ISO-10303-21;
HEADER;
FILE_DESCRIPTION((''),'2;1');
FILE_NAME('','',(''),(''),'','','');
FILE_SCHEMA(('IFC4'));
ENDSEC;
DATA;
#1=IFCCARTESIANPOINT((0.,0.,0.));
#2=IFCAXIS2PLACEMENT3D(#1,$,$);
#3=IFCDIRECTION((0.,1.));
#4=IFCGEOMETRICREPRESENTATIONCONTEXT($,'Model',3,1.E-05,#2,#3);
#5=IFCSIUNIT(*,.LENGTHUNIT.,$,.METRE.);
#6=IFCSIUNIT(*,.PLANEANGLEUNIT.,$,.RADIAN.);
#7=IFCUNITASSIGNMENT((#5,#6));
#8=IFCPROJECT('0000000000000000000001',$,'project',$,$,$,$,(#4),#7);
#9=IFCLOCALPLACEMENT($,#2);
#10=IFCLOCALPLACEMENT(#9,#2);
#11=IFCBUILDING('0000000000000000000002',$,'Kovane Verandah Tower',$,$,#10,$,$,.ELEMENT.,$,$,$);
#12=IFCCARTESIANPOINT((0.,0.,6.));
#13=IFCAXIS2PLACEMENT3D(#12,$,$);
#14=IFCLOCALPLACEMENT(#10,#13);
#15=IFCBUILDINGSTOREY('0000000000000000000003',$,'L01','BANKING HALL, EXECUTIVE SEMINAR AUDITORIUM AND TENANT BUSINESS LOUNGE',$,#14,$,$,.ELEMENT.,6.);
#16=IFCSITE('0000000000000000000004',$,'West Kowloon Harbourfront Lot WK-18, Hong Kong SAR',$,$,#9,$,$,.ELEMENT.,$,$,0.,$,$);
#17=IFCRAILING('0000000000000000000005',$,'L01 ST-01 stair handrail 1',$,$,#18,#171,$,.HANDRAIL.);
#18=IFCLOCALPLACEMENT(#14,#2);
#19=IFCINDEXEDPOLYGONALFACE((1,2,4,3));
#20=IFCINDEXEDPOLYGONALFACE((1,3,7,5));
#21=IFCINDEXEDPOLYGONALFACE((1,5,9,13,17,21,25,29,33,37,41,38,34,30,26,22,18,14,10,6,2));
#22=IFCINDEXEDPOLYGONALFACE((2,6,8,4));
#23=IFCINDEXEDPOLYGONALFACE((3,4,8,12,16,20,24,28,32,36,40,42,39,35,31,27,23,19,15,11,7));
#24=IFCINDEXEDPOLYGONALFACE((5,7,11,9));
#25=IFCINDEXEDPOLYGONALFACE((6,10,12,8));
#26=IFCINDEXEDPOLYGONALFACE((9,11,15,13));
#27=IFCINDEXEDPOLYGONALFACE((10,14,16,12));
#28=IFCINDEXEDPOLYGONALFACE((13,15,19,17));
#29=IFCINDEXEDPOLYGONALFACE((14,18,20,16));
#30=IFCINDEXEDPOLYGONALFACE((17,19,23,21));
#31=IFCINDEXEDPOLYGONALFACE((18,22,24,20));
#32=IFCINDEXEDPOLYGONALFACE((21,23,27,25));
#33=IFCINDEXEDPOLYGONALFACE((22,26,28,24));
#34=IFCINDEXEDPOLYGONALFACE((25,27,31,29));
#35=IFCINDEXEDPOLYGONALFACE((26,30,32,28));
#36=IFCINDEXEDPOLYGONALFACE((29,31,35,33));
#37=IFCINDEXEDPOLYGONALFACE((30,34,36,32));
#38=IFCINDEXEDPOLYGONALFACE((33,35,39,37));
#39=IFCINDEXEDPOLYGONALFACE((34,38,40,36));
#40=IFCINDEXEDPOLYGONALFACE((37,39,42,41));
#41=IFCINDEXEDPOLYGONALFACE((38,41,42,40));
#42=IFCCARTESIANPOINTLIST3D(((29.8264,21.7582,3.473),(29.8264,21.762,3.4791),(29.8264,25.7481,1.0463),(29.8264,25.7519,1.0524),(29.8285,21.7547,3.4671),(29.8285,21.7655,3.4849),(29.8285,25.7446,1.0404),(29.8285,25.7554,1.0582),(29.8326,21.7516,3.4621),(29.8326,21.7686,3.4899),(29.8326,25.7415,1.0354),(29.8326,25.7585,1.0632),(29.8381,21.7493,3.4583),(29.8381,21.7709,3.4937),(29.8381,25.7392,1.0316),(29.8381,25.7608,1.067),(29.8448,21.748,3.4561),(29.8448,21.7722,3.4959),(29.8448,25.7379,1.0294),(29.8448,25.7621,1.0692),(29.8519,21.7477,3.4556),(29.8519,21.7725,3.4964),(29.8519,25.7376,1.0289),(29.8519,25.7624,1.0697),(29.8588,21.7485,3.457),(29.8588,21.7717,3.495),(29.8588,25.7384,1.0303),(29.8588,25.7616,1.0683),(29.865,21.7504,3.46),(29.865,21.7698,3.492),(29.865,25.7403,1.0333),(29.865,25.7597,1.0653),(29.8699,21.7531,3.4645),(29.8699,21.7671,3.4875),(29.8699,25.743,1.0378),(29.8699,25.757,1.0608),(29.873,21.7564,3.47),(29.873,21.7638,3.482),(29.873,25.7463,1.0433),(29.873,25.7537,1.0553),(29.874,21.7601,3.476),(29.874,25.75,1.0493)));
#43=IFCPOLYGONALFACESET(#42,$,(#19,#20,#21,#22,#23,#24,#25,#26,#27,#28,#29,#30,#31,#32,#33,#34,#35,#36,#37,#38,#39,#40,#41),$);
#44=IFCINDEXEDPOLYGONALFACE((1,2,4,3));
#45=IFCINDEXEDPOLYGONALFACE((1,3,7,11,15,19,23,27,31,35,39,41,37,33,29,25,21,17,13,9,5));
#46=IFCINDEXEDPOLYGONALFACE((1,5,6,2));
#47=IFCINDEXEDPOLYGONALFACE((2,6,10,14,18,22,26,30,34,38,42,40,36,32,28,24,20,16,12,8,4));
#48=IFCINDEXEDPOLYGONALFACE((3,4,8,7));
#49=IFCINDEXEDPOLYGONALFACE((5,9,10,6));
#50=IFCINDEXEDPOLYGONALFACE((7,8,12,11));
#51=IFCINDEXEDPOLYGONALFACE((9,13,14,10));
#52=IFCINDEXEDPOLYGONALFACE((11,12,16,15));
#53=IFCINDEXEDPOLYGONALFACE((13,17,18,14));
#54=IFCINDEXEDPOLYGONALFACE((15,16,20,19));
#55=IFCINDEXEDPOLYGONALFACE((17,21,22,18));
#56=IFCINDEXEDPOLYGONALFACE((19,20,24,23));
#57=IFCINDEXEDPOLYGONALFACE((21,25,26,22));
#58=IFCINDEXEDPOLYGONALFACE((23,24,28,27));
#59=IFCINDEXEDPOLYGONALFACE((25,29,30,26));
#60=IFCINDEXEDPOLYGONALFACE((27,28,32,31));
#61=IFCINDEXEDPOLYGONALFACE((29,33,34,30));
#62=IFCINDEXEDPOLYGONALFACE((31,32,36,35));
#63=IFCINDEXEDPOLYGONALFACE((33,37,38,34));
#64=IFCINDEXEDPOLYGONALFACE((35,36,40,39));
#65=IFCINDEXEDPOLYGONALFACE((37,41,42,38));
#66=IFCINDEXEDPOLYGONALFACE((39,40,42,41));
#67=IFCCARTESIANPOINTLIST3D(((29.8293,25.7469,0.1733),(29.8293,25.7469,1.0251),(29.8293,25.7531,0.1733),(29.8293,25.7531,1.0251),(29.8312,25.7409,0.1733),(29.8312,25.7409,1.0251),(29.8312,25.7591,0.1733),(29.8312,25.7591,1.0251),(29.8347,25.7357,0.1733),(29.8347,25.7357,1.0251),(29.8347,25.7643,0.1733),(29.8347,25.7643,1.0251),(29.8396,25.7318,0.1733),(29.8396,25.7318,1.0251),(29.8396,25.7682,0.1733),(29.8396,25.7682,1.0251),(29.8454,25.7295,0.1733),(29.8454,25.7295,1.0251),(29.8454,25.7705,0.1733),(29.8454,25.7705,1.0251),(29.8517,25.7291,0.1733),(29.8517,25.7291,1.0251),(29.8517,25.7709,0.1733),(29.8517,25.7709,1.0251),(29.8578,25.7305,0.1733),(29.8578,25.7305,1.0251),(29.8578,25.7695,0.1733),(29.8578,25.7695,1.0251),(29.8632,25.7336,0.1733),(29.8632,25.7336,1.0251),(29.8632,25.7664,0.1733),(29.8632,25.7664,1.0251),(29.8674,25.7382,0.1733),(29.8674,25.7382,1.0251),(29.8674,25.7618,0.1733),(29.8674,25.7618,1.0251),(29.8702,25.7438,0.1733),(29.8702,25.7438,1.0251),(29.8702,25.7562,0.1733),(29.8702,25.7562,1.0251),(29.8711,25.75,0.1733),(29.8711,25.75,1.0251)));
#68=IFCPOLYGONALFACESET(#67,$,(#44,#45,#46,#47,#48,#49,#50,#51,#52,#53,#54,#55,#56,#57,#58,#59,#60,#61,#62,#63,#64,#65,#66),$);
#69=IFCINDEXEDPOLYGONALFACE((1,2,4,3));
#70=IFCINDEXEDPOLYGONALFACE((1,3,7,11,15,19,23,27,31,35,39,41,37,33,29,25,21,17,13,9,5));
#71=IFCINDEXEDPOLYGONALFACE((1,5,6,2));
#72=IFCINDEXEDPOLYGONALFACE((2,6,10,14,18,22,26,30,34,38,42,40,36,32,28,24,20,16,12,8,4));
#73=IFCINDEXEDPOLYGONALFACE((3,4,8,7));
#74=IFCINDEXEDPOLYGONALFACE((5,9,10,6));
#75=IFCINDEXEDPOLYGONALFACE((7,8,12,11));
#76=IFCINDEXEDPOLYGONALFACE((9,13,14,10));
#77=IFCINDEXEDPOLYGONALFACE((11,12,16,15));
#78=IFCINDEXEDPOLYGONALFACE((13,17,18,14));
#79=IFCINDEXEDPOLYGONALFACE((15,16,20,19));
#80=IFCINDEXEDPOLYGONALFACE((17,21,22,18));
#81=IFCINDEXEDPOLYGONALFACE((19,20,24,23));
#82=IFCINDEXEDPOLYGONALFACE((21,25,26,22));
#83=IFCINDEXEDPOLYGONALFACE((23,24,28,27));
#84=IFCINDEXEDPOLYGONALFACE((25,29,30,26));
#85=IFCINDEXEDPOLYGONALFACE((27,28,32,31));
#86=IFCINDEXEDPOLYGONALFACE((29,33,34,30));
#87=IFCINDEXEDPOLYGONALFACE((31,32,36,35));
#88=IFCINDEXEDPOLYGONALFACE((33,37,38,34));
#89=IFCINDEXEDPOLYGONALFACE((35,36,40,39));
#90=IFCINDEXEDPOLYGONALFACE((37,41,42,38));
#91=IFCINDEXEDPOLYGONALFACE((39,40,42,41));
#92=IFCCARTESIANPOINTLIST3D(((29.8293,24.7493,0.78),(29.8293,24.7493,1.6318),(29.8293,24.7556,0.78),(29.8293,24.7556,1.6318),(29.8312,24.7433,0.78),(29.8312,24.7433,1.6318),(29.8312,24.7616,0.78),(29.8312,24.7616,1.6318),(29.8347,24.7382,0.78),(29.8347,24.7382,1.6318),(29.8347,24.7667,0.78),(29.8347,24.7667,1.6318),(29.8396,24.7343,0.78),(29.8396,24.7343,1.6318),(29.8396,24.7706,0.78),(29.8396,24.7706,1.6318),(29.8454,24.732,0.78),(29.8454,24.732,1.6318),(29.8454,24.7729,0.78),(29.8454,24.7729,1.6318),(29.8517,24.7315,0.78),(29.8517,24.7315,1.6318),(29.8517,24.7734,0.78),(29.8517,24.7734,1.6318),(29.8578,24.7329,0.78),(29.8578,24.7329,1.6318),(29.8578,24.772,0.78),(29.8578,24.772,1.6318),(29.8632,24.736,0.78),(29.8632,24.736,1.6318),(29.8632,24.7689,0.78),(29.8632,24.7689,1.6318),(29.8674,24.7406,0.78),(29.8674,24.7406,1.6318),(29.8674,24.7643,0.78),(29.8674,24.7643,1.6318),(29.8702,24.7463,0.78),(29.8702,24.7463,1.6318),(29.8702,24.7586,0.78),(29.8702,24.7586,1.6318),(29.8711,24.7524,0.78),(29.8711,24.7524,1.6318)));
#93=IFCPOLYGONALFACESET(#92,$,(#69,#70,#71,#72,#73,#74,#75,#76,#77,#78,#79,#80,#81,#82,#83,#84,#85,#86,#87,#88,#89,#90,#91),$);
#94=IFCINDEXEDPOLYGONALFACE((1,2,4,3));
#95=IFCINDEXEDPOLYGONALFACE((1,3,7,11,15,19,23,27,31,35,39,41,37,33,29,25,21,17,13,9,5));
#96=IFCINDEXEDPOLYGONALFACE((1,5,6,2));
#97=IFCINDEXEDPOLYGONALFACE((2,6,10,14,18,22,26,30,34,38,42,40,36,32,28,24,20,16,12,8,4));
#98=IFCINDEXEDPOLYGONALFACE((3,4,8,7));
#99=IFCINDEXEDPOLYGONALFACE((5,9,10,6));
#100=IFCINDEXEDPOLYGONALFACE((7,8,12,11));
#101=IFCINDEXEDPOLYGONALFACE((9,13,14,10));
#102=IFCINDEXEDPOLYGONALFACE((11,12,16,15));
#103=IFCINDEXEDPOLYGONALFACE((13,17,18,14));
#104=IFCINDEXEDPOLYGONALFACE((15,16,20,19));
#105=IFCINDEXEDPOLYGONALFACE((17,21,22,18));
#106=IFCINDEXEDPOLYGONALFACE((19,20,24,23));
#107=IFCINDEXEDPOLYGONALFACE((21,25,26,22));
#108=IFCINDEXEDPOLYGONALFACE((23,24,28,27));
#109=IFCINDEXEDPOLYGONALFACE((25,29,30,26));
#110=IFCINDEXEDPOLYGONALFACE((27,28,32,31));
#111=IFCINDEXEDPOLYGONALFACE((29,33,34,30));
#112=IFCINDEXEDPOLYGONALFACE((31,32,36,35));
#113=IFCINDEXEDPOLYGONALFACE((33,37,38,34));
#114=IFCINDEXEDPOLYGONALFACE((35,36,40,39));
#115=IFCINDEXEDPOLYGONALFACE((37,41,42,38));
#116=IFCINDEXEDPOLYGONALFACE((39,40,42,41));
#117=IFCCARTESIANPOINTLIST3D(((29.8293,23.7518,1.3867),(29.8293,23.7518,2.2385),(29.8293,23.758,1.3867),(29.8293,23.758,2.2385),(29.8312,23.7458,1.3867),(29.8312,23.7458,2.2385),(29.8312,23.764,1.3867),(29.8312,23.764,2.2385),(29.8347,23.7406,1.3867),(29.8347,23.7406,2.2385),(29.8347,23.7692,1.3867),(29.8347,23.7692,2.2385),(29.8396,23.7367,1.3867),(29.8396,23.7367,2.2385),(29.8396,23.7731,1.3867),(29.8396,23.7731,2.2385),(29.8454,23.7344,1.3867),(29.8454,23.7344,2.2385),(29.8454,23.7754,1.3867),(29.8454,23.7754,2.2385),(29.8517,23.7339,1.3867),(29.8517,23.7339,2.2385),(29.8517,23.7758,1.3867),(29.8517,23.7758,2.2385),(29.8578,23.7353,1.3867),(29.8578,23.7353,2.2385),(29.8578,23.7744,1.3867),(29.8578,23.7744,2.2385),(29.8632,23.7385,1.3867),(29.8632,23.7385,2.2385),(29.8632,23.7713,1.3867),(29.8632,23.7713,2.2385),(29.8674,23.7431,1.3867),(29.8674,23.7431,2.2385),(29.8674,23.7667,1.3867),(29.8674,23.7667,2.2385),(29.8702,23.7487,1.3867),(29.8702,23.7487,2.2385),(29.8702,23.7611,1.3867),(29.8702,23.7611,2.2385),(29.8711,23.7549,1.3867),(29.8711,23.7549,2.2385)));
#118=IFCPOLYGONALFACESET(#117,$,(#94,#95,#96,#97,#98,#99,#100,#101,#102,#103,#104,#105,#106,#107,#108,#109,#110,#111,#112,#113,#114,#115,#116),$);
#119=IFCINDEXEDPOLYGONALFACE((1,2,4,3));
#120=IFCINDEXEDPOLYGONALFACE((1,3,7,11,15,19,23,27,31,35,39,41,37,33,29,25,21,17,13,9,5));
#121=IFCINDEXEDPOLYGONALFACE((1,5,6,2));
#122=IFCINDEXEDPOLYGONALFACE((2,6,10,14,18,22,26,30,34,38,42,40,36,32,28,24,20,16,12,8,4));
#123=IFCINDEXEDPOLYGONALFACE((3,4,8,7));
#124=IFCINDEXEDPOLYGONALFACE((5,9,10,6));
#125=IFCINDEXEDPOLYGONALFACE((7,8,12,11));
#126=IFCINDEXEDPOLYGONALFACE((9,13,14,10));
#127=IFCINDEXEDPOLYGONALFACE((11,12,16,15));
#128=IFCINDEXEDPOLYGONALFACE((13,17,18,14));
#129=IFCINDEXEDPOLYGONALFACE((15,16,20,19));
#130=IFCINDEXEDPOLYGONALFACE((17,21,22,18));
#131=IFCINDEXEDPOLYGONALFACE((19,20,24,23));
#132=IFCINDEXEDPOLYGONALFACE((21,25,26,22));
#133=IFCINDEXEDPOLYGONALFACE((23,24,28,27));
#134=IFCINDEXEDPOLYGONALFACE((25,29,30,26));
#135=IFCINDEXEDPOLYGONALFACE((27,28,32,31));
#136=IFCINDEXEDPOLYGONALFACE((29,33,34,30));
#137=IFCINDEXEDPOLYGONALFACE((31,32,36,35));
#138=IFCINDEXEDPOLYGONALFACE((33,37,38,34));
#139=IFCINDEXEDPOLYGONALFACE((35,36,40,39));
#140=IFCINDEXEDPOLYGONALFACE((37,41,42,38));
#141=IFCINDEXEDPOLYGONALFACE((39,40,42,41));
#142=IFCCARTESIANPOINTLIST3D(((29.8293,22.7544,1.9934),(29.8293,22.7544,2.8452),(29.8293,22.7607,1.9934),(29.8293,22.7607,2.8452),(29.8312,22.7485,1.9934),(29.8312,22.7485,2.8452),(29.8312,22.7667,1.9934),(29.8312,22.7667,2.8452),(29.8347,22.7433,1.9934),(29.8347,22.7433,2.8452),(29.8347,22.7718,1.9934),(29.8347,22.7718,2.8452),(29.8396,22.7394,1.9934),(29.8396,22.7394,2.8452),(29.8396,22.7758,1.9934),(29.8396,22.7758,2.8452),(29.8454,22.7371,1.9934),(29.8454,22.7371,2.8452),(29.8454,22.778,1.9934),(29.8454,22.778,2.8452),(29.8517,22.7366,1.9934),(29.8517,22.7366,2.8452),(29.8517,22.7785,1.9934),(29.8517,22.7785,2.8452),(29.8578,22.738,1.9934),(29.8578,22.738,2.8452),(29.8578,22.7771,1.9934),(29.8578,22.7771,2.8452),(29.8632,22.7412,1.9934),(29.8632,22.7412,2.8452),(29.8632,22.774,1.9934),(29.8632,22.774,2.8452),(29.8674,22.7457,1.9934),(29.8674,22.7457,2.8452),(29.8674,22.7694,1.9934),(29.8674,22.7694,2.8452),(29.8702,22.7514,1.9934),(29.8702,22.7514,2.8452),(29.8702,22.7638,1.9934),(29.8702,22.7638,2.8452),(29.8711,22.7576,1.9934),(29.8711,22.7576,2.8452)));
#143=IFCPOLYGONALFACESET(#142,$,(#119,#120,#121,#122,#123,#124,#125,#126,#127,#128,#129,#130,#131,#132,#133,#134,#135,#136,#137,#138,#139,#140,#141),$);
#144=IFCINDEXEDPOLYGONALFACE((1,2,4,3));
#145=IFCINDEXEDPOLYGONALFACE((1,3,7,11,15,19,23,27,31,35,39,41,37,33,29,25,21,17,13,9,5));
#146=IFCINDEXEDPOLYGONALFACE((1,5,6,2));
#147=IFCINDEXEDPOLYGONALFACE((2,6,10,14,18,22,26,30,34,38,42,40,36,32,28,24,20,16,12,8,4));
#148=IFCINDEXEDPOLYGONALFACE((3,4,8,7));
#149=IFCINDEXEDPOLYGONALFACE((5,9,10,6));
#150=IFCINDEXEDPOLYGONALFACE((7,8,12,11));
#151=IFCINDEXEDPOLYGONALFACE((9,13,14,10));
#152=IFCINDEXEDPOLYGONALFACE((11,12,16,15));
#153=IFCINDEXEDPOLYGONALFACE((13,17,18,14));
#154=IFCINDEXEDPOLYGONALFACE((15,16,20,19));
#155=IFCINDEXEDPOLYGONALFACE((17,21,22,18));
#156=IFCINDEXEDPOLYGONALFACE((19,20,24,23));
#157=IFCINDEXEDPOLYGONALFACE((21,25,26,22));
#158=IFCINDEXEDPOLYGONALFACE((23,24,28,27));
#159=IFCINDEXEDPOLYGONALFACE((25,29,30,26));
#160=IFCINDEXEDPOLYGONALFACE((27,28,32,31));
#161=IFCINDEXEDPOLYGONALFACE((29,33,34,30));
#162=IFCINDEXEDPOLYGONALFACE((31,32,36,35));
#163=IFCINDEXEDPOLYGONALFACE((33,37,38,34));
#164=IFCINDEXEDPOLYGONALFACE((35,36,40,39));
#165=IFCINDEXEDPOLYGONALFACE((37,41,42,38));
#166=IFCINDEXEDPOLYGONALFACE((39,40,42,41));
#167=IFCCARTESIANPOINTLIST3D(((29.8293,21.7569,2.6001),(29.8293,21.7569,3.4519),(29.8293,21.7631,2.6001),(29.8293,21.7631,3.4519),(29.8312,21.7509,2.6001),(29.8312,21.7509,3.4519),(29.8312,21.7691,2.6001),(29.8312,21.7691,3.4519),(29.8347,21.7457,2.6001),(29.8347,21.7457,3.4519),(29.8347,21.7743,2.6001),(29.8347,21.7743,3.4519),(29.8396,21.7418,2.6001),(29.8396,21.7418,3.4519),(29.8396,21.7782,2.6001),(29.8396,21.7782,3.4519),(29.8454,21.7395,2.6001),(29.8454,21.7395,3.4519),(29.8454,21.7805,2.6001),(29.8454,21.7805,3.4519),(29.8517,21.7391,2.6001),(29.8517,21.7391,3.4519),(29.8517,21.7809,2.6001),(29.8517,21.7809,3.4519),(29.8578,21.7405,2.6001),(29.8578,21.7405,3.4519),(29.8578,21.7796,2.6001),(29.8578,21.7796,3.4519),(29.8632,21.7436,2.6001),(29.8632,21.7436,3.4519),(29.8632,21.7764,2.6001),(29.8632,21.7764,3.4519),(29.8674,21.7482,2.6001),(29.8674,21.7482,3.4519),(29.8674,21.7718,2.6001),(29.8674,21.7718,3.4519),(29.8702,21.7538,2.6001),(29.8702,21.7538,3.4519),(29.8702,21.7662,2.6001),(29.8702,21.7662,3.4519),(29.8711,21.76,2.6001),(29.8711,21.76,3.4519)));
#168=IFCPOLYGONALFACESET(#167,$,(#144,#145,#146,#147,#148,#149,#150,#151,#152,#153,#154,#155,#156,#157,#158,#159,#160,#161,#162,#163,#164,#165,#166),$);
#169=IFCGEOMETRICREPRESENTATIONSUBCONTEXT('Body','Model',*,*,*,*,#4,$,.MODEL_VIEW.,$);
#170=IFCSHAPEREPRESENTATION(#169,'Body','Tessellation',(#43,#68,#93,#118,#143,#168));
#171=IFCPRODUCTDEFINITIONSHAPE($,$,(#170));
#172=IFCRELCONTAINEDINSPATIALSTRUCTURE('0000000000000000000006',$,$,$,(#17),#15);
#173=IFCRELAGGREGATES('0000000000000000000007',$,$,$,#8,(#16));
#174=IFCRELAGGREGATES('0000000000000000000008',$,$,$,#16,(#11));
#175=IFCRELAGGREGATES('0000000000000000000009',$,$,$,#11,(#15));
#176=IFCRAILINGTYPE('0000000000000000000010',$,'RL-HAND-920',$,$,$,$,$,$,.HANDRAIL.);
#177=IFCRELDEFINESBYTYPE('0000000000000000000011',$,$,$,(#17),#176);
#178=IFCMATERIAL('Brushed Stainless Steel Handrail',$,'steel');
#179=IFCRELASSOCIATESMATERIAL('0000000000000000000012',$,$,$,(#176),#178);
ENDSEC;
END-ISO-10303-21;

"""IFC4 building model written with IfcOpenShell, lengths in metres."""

from ifc_helpers import new_model, si_unit, direction, frame, origin, origin_2d, place, context, subcontext, project, spatial, circle, extrude, material, type_object, element, save


model = new_model("IFC4")

# Units and contexts
model_context = context("Model", 3, precision=1e-05, world=origin(), true_north=direction((0.0, 1.0)))
body_context = subcontext(model_context, "Body", "Model", "MODEL_VIEW")
ifc_project = project(units=[si_unit("LENGTHUNIT", "METRE"), si_unit("PLANEANGLEUNIT", "RADIAN")], contexts=[model_context])

# Site, building, storey
site_placement = place(None, origin())
site = spatial("IfcSite", under=ifc_project, at=site_placement, Name="West Kowloon Harbourfront Lot WK-18, Hong Kong SAR", CompositionType="ELEMENT", RefElevation=0.0)
building_placement = place(site_placement, origin())
building = spatial("IfcBuilding", under=site, at=building_placement, Name="Kovane Verandah Tower", CompositionType="ELEMENT")
storey_placement = place(building_placement, frame((0.0, 0.0, 6.0)))
storey = spatial("IfcBuildingStorey", under=building, at=storey_placement, Name="L01", Description="BANKING HALL, EXECUTIVE SEMINAR AUDITORIUM AND TENANT BUSINESS LOUNGE", CompositionType="ELEMENT", Elevation=6.0)

# Railing
ifc_material_1 = material(Name="Brushed Stainless Steel Handrail", Category="steel")
railing_type_1 = type_object("IfcRailingType", Name="RL-HAND-920", PredefinedType="HANDRAIL", material=ifc_material_1)
railing_1_placement = place(storey_placement, frame((29.8501, 25.75, 0.1733)))
element("IfcRailing", 1, at=railing_1_placement, inside=storey, type_object=railing_type_1, Name="L01 ST-01 stair handrail 1", PredefinedType="HANDRAIL", context=body_context, shape_type="SweptSolid", body=[
    extrude(circle(Radius=0.0239, at=origin_2d()), frame((0.0, 0.0, 0.876), z_axis=(0.0, -0.854382, 0.519645), x_axis=(1.0, 0.0, 0.0)), (0.0, 0.0, 1.0), 4.6699),
    extrude(circle(Radius=0.021, at=origin_2d()), origin(), (0.0, 0.0, 1.0), 0.8518),
    extrude(circle(Radius=0.021, at=origin_2d()), frame((0.0, -0.9976, 0.6067)), (0.0, 0.0, 1.0), 0.8518),
    extrude(circle(Radius=0.021, at=origin_2d()), frame((0.0, -1.9951, 1.2134)), (0.0, 0.0, 1.0), 0.8518),
    extrude(circle(Radius=0.021, at=origin_2d()), frame((0.0, -2.9924, 1.8201)), (0.0, 0.0, 1.0), 0.8518),
    extrude(circle(Radius=0.021, at=origin_2d()), frame((0.0, -3.99, 2.4268)), (0.0, 0.0, 1.0), 0.8518),
])

save(model, "model.ifc")
